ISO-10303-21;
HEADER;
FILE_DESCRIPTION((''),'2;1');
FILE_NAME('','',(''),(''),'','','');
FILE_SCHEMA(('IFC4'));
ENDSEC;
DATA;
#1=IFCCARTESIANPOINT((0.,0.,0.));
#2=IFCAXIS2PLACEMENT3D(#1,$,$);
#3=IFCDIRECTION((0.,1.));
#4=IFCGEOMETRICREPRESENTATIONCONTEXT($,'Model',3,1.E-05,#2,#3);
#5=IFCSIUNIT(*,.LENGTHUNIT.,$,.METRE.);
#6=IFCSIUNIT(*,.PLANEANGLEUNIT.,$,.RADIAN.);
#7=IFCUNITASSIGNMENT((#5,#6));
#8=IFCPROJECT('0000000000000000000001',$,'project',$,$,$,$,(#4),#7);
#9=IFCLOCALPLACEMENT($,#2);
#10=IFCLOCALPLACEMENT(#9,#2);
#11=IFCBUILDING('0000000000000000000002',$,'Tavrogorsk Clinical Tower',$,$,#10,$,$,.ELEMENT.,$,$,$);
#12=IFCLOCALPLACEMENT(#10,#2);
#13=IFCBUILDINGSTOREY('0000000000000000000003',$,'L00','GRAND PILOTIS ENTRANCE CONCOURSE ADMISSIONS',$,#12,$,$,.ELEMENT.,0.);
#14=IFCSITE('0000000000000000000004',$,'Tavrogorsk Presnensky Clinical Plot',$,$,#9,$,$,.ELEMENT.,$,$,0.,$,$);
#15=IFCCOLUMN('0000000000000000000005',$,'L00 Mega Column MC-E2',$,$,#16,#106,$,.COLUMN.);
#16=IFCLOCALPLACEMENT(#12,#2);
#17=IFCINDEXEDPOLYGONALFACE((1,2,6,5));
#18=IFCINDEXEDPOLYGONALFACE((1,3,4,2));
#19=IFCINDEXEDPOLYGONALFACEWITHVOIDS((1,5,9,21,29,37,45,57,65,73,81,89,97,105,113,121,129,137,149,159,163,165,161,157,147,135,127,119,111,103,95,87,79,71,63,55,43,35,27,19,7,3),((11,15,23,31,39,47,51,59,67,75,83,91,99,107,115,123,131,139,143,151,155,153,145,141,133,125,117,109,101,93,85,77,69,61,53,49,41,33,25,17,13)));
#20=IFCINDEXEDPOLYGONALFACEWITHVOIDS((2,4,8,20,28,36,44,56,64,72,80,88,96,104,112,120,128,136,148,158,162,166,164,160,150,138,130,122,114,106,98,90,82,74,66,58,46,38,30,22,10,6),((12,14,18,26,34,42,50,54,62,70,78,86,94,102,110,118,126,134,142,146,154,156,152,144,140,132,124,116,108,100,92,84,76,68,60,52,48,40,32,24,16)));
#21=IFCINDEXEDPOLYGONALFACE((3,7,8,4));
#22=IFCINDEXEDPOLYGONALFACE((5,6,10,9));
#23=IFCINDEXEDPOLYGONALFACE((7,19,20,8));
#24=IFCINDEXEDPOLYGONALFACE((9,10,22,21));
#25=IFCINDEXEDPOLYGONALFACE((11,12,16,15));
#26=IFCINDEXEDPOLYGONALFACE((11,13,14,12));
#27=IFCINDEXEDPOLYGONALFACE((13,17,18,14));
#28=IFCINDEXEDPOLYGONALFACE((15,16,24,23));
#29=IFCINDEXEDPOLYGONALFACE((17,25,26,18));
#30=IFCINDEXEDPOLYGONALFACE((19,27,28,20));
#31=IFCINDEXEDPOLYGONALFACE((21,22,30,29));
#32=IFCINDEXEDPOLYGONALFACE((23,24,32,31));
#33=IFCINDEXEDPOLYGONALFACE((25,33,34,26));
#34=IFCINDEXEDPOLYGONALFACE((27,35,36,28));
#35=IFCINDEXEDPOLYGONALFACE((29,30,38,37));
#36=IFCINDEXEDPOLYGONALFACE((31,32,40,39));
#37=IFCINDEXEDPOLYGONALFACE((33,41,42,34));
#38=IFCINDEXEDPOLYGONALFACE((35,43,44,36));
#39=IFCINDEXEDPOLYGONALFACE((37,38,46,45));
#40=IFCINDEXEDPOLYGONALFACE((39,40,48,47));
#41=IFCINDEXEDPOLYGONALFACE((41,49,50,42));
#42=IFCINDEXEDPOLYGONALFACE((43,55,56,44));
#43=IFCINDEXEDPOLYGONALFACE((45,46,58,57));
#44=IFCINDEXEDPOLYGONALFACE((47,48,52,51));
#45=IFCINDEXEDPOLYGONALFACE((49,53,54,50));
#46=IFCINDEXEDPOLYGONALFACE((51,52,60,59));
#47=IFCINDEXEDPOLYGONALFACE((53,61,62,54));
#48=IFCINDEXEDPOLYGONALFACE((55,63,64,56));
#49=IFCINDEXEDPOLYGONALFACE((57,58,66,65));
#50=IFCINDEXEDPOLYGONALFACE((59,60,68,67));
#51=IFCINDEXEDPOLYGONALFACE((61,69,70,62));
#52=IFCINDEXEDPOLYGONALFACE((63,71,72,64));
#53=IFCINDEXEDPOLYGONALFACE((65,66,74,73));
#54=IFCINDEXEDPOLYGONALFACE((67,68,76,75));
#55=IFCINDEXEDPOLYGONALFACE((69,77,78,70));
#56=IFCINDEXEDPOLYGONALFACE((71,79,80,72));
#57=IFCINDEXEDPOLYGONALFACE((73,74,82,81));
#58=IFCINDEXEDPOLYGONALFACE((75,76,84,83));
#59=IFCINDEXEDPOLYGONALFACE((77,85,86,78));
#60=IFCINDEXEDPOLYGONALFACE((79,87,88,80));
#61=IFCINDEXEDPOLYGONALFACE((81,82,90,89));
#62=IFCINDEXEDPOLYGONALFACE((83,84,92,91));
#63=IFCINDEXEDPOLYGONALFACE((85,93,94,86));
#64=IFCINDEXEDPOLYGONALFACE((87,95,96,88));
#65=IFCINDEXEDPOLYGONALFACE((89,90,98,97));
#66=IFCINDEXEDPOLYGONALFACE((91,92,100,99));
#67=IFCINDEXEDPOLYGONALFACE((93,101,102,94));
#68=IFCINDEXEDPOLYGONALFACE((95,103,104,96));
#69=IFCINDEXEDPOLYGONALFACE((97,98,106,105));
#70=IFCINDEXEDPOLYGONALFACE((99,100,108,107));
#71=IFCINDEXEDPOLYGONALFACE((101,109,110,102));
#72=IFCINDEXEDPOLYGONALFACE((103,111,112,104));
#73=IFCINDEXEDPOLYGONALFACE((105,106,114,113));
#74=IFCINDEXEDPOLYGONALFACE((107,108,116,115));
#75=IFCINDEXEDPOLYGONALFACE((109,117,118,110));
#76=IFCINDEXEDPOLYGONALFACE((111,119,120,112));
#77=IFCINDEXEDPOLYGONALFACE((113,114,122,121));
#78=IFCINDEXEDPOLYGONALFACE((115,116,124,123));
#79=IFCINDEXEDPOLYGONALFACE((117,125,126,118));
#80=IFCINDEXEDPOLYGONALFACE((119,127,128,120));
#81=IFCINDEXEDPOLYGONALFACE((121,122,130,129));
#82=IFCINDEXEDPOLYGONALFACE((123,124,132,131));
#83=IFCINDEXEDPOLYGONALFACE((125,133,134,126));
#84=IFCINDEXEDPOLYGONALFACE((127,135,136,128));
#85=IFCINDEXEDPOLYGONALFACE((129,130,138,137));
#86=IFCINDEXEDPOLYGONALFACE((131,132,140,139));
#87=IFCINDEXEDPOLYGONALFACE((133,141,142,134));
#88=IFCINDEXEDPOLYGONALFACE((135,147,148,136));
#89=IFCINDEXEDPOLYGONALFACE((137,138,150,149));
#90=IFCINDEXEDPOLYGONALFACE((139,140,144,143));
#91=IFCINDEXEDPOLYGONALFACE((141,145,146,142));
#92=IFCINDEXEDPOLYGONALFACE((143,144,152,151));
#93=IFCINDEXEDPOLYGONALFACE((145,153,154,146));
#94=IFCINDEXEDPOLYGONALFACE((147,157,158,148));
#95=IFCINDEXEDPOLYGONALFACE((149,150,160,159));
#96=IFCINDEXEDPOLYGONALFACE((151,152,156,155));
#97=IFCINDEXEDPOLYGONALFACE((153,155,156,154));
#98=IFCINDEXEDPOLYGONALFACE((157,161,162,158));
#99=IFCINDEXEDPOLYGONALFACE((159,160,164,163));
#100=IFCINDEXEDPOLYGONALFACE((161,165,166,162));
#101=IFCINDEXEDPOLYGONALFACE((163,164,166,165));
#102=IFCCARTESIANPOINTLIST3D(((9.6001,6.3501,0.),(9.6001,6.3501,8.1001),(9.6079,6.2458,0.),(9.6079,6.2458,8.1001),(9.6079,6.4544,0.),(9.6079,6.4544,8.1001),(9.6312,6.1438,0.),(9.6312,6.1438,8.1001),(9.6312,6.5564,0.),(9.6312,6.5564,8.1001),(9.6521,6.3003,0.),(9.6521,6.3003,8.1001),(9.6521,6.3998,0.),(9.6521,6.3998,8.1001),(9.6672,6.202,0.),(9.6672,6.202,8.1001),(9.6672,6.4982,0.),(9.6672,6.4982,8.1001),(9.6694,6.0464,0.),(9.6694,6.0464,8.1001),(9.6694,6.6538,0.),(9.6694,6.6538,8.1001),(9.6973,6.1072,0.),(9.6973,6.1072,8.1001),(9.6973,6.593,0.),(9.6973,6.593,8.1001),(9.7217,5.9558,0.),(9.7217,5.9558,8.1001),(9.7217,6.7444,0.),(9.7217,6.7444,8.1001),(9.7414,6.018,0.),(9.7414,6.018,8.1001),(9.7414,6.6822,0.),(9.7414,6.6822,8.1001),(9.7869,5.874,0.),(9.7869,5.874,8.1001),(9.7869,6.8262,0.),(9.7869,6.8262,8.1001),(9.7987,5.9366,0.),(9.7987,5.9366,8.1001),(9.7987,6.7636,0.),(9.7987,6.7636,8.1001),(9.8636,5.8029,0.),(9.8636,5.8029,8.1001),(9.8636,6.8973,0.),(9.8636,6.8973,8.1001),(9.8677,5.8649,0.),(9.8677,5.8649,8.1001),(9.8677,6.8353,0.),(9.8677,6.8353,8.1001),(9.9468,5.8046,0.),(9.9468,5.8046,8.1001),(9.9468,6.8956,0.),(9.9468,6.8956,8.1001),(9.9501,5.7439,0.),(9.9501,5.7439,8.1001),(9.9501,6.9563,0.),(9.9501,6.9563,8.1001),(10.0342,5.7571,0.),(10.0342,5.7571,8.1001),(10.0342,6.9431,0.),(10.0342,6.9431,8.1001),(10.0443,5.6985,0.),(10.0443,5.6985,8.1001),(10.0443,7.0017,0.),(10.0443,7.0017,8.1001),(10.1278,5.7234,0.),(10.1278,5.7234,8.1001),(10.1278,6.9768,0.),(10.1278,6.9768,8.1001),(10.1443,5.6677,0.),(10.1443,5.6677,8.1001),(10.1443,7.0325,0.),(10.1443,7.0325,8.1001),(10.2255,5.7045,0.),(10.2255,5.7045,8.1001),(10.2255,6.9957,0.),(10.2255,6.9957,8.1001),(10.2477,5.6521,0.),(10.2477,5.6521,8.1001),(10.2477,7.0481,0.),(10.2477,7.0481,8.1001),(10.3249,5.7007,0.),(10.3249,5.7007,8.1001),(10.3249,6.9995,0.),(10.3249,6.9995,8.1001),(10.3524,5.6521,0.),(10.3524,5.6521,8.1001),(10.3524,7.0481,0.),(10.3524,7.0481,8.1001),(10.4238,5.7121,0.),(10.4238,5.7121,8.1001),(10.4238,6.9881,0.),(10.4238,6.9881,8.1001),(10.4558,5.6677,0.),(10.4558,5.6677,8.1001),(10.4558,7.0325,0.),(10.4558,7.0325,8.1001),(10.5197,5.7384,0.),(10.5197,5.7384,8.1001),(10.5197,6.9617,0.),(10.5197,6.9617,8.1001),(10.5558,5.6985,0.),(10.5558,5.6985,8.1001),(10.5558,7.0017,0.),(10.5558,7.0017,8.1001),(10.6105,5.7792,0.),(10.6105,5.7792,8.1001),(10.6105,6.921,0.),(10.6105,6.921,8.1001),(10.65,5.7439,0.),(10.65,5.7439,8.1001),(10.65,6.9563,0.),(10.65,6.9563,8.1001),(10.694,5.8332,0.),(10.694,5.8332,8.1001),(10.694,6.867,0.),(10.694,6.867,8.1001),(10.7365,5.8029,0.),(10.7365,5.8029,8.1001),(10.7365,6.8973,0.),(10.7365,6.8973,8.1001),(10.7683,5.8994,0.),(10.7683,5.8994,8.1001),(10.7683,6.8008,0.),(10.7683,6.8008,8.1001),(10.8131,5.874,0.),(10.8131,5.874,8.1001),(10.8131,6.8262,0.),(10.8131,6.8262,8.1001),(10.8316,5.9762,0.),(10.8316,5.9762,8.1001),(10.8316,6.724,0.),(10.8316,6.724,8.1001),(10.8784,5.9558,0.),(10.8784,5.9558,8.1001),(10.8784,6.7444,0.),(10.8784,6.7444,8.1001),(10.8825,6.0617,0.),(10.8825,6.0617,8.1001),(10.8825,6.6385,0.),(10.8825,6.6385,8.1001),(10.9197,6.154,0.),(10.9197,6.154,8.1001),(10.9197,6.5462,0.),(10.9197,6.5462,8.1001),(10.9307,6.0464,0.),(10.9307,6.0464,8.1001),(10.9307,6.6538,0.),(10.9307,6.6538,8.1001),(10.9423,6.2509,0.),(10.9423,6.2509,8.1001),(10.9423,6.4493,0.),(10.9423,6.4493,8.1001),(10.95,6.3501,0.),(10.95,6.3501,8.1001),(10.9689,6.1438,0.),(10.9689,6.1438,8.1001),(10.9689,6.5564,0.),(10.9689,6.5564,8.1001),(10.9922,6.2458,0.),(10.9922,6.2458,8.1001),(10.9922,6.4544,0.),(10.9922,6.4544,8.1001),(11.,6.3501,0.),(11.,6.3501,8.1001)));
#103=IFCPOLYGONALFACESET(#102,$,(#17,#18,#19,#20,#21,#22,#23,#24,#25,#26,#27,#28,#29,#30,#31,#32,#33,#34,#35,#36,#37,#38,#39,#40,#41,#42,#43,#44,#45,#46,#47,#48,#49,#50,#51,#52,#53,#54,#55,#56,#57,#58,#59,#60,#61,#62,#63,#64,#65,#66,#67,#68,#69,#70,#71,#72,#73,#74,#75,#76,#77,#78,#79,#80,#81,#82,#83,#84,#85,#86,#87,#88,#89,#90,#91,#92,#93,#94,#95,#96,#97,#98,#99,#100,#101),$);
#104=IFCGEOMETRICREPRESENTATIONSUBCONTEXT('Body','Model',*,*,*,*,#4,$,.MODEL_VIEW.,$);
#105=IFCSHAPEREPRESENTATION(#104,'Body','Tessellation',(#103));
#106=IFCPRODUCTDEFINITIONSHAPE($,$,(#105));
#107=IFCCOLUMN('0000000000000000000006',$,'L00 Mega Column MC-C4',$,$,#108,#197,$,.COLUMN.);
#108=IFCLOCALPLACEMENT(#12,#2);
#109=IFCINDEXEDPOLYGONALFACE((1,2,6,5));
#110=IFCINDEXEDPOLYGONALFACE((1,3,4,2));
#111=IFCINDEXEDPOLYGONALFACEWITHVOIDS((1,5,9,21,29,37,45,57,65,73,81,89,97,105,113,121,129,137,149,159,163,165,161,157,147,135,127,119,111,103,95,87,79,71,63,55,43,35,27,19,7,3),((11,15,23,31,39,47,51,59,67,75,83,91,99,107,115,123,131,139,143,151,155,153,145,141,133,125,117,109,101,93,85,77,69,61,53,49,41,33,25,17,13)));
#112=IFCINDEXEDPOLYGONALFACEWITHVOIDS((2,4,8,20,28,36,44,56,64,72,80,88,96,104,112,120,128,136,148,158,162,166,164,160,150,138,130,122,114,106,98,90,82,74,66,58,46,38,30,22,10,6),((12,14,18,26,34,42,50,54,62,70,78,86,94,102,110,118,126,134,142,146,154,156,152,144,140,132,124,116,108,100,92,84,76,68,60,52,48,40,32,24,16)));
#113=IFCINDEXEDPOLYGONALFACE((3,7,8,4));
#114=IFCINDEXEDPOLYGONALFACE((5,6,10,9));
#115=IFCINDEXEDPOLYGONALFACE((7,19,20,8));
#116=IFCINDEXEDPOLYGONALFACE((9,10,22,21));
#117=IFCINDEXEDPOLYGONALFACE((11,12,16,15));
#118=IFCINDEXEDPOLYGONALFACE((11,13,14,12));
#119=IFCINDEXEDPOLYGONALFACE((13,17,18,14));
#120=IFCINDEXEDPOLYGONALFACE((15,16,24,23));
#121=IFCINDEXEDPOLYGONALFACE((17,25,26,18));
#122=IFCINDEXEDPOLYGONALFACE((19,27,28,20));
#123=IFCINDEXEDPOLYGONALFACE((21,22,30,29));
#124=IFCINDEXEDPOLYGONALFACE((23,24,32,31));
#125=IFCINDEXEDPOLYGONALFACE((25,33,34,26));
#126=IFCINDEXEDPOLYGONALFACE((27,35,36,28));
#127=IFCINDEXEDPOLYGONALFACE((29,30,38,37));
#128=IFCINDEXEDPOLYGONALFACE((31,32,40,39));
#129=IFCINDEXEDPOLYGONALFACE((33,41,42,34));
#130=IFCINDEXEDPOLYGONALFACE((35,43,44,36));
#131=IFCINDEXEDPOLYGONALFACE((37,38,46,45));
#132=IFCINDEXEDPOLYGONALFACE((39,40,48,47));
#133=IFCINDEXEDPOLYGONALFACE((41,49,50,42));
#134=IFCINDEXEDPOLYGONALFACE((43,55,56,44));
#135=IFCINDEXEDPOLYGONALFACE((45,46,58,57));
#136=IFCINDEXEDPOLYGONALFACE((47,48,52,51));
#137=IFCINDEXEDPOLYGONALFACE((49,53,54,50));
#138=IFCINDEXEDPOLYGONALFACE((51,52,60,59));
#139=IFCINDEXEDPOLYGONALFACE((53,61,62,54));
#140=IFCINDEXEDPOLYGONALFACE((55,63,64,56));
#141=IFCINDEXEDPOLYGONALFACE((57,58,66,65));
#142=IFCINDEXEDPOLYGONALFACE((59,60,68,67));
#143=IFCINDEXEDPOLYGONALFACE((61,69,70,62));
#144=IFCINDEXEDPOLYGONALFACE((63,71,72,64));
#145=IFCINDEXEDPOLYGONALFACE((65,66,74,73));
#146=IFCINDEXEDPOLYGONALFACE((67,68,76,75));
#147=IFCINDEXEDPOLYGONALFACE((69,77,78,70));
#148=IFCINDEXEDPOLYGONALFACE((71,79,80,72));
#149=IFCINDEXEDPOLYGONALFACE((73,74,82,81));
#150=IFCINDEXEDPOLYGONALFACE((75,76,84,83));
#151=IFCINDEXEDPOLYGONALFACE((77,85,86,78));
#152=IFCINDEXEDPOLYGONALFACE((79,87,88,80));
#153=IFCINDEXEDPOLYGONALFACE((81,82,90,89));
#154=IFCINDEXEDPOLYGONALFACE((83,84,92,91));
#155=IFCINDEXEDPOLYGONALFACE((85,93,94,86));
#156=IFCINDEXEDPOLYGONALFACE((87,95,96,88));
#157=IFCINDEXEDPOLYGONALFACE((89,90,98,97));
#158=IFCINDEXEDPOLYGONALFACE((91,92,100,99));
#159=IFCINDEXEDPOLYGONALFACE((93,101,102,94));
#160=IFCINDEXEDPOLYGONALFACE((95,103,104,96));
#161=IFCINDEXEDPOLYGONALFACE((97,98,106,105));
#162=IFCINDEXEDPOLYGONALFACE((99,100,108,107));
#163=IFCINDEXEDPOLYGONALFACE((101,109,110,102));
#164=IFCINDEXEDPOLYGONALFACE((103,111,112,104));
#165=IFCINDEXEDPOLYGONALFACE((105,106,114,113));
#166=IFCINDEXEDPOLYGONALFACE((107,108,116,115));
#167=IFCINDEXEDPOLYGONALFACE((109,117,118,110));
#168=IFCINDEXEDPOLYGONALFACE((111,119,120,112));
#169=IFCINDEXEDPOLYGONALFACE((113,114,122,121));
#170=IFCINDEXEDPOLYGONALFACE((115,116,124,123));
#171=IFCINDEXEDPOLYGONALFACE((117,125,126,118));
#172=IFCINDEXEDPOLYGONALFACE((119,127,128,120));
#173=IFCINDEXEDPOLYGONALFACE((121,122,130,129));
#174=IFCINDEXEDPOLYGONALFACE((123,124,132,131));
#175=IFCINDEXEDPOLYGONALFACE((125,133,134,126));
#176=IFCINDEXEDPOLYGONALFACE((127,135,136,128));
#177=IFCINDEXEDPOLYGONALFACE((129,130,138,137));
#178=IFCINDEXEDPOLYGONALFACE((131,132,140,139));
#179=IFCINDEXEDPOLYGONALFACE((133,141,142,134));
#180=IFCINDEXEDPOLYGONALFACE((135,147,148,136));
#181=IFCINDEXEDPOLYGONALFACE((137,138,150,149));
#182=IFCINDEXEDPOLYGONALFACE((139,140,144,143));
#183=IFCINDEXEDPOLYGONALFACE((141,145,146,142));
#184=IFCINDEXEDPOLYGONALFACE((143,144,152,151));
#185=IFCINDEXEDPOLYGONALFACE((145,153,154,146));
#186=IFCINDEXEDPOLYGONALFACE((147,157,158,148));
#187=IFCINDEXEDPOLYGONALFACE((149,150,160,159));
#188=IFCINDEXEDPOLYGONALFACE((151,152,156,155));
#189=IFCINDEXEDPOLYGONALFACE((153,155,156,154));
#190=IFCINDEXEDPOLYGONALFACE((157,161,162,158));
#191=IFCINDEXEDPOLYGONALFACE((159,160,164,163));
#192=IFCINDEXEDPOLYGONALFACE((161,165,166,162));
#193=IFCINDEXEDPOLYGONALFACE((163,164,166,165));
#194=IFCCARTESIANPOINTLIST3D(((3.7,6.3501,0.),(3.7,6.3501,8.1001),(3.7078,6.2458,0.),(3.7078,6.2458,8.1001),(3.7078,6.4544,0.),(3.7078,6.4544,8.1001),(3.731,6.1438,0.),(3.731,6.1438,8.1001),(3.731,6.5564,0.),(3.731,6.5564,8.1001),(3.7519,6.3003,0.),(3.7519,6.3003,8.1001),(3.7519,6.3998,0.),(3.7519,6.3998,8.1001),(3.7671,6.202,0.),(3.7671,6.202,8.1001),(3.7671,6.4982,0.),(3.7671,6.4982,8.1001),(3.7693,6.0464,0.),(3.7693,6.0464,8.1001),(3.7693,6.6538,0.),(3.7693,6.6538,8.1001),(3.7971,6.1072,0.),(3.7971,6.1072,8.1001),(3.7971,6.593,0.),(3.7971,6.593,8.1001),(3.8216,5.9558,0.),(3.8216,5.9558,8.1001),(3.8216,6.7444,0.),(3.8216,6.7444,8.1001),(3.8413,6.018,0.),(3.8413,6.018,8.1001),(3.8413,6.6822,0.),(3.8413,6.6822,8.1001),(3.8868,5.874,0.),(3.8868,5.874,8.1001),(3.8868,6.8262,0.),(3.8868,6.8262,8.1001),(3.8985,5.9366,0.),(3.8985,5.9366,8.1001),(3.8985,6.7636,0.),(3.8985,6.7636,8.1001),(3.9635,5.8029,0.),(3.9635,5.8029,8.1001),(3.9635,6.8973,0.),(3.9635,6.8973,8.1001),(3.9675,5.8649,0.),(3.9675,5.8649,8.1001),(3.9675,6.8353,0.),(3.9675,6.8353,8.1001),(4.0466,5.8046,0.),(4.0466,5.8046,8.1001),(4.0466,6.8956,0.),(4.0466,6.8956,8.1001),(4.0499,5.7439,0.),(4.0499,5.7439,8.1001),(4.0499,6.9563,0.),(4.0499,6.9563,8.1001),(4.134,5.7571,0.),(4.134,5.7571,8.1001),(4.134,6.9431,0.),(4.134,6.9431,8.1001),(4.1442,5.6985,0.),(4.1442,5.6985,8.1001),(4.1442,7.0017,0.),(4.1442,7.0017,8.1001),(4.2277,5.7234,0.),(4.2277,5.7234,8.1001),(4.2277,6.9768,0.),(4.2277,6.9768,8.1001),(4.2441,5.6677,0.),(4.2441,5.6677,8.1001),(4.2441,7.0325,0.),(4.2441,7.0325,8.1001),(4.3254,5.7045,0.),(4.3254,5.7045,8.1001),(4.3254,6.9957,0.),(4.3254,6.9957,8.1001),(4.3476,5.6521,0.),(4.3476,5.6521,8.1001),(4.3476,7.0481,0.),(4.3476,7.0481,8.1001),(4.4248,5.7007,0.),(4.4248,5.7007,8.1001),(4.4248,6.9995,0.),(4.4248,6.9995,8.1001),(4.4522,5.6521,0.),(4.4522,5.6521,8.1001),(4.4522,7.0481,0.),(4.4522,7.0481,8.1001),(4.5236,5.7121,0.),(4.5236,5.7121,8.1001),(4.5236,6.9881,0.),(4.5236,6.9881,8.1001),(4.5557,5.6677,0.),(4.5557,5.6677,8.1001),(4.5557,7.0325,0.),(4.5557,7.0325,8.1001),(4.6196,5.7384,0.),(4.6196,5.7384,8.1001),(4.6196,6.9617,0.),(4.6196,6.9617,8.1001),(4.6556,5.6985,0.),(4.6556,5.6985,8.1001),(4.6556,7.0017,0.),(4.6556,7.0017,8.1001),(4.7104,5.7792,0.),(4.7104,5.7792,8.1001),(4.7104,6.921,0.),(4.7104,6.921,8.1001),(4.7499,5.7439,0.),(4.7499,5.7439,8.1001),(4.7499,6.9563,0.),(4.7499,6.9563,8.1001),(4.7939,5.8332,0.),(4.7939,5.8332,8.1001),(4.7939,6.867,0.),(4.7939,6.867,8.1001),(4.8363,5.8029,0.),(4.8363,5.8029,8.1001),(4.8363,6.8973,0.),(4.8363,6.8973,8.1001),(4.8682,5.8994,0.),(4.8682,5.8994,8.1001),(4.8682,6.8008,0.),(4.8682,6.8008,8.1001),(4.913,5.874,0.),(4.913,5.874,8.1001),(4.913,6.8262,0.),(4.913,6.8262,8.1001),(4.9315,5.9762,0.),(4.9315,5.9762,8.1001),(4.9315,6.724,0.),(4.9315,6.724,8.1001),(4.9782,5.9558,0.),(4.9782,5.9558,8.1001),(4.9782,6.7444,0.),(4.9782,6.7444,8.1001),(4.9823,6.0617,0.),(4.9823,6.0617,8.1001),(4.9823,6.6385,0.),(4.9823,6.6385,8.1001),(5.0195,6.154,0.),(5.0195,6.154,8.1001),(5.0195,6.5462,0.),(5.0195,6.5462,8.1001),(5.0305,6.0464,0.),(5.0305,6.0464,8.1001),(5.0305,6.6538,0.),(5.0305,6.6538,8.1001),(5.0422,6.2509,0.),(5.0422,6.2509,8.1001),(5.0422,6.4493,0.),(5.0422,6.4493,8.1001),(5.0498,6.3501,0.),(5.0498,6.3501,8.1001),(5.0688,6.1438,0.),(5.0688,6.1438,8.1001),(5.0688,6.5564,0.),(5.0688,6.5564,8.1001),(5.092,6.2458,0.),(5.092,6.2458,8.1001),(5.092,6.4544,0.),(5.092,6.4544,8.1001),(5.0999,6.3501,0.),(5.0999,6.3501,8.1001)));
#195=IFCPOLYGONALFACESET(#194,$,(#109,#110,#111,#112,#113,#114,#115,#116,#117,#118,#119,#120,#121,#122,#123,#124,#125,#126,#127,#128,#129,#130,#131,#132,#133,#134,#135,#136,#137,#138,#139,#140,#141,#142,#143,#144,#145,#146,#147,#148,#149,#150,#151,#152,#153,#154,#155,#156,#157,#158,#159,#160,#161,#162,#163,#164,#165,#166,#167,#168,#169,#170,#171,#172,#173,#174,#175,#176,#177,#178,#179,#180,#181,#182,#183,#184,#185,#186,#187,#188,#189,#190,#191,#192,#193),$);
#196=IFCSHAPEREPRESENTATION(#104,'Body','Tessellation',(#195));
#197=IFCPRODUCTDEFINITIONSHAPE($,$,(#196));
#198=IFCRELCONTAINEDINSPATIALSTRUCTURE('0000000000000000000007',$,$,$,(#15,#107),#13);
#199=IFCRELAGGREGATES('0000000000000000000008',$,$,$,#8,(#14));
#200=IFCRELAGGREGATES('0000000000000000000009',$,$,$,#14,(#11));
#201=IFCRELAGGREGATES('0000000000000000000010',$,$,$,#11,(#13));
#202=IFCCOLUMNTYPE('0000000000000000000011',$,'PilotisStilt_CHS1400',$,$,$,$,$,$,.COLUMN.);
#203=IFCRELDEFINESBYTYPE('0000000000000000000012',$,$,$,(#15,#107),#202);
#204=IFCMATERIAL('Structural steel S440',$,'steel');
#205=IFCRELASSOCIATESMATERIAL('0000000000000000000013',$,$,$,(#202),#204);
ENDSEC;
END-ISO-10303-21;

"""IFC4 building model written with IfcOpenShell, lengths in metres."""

from ifc_helpers import new_model, si_unit, direction, frame, origin, origin_2d, place, context, subcontext, project, spatial, hollow_circle, extrude, material, material_profile, profile_set, type_object, element, save


model = new_model("IFC4")

# Units and contexts
model_context = context("Model", 3, precision=1e-05, world=origin(), true_north=direction((0.0, 1.0)))
body_context = subcontext(model_context, "Body", "Model", "MODEL_VIEW")
ifc_project = project(units=[si_unit("LENGTHUNIT", "METRE"), si_unit("PLANEANGLEUNIT", "RADIAN")], contexts=[model_context])

# Site, building, storey
site_placement = place(None, origin())
site = spatial("IfcSite", under=ifc_project, at=site_placement, Name="Tavrogorsk Presnensky Clinical Plot", CompositionType="ELEMENT", RefElevation=0.0)
building_placement = place(site_placement, origin())
building = spatial("IfcBuilding", under=site, at=building_placement, Name="Tavrogorsk Clinical Tower", CompositionType="ELEMENT")
storey_placement = place(building_placement, origin())
storey = spatial("IfcBuildingStorey", under=building, at=storey_placement, Name="L00", Description="GRAND PILOTIS ENTRANCE CONCOURSE ADMISSIONS", CompositionType="ELEMENT", Elevation=0.0)

# Columns
ifc_material_1 = material(Name="Structural steel S440", Category="steel")
ifc_material_profile_1 = material_profile(ifc_material_1, hollow_circle(Radius=0.7, WallThickness=0.05, at=origin_2d()), Name="CHS-1400x50")
ifc_profile_set_1 = profile_set([ifc_material_profile_1], Name="Structural steel S440")
column_type = type_object("IfcColumnType", Name="PilotisStilt_CHS1400", PredefinedType="COLUMN", material=ifc_profile_set_1)
for number, where, z_axis, x_axis, name in (
    (1, (10.3, 6.3501, 0.0), (0.0, 0.0, 1.0), (1.0, 0.0, 0.0), "L00 Mega Column MC-E2"),
    (2, (4.3999, 6.3501, 0.0), (0.0, 0.0, 1.0), (1.0, 0.0, 0.0), "L00 Mega Column MC-C4"),
):
    element("IfcColumn", number, at=place(storey_placement, frame(where, z_axis=z_axis, x_axis=x_axis)), inside=storey, type_object=column_type, Name=name, PredefinedType="COLUMN", context=body_context, shape_type="SweptSolid", body=[
        extrude(hollow_circle(Radius=0.7, WallThickness=0.05, at=origin_2d()), origin(), (0.0, 0.0, 1.0), 8.1001),
    ])

save(model, "model.ifc")
